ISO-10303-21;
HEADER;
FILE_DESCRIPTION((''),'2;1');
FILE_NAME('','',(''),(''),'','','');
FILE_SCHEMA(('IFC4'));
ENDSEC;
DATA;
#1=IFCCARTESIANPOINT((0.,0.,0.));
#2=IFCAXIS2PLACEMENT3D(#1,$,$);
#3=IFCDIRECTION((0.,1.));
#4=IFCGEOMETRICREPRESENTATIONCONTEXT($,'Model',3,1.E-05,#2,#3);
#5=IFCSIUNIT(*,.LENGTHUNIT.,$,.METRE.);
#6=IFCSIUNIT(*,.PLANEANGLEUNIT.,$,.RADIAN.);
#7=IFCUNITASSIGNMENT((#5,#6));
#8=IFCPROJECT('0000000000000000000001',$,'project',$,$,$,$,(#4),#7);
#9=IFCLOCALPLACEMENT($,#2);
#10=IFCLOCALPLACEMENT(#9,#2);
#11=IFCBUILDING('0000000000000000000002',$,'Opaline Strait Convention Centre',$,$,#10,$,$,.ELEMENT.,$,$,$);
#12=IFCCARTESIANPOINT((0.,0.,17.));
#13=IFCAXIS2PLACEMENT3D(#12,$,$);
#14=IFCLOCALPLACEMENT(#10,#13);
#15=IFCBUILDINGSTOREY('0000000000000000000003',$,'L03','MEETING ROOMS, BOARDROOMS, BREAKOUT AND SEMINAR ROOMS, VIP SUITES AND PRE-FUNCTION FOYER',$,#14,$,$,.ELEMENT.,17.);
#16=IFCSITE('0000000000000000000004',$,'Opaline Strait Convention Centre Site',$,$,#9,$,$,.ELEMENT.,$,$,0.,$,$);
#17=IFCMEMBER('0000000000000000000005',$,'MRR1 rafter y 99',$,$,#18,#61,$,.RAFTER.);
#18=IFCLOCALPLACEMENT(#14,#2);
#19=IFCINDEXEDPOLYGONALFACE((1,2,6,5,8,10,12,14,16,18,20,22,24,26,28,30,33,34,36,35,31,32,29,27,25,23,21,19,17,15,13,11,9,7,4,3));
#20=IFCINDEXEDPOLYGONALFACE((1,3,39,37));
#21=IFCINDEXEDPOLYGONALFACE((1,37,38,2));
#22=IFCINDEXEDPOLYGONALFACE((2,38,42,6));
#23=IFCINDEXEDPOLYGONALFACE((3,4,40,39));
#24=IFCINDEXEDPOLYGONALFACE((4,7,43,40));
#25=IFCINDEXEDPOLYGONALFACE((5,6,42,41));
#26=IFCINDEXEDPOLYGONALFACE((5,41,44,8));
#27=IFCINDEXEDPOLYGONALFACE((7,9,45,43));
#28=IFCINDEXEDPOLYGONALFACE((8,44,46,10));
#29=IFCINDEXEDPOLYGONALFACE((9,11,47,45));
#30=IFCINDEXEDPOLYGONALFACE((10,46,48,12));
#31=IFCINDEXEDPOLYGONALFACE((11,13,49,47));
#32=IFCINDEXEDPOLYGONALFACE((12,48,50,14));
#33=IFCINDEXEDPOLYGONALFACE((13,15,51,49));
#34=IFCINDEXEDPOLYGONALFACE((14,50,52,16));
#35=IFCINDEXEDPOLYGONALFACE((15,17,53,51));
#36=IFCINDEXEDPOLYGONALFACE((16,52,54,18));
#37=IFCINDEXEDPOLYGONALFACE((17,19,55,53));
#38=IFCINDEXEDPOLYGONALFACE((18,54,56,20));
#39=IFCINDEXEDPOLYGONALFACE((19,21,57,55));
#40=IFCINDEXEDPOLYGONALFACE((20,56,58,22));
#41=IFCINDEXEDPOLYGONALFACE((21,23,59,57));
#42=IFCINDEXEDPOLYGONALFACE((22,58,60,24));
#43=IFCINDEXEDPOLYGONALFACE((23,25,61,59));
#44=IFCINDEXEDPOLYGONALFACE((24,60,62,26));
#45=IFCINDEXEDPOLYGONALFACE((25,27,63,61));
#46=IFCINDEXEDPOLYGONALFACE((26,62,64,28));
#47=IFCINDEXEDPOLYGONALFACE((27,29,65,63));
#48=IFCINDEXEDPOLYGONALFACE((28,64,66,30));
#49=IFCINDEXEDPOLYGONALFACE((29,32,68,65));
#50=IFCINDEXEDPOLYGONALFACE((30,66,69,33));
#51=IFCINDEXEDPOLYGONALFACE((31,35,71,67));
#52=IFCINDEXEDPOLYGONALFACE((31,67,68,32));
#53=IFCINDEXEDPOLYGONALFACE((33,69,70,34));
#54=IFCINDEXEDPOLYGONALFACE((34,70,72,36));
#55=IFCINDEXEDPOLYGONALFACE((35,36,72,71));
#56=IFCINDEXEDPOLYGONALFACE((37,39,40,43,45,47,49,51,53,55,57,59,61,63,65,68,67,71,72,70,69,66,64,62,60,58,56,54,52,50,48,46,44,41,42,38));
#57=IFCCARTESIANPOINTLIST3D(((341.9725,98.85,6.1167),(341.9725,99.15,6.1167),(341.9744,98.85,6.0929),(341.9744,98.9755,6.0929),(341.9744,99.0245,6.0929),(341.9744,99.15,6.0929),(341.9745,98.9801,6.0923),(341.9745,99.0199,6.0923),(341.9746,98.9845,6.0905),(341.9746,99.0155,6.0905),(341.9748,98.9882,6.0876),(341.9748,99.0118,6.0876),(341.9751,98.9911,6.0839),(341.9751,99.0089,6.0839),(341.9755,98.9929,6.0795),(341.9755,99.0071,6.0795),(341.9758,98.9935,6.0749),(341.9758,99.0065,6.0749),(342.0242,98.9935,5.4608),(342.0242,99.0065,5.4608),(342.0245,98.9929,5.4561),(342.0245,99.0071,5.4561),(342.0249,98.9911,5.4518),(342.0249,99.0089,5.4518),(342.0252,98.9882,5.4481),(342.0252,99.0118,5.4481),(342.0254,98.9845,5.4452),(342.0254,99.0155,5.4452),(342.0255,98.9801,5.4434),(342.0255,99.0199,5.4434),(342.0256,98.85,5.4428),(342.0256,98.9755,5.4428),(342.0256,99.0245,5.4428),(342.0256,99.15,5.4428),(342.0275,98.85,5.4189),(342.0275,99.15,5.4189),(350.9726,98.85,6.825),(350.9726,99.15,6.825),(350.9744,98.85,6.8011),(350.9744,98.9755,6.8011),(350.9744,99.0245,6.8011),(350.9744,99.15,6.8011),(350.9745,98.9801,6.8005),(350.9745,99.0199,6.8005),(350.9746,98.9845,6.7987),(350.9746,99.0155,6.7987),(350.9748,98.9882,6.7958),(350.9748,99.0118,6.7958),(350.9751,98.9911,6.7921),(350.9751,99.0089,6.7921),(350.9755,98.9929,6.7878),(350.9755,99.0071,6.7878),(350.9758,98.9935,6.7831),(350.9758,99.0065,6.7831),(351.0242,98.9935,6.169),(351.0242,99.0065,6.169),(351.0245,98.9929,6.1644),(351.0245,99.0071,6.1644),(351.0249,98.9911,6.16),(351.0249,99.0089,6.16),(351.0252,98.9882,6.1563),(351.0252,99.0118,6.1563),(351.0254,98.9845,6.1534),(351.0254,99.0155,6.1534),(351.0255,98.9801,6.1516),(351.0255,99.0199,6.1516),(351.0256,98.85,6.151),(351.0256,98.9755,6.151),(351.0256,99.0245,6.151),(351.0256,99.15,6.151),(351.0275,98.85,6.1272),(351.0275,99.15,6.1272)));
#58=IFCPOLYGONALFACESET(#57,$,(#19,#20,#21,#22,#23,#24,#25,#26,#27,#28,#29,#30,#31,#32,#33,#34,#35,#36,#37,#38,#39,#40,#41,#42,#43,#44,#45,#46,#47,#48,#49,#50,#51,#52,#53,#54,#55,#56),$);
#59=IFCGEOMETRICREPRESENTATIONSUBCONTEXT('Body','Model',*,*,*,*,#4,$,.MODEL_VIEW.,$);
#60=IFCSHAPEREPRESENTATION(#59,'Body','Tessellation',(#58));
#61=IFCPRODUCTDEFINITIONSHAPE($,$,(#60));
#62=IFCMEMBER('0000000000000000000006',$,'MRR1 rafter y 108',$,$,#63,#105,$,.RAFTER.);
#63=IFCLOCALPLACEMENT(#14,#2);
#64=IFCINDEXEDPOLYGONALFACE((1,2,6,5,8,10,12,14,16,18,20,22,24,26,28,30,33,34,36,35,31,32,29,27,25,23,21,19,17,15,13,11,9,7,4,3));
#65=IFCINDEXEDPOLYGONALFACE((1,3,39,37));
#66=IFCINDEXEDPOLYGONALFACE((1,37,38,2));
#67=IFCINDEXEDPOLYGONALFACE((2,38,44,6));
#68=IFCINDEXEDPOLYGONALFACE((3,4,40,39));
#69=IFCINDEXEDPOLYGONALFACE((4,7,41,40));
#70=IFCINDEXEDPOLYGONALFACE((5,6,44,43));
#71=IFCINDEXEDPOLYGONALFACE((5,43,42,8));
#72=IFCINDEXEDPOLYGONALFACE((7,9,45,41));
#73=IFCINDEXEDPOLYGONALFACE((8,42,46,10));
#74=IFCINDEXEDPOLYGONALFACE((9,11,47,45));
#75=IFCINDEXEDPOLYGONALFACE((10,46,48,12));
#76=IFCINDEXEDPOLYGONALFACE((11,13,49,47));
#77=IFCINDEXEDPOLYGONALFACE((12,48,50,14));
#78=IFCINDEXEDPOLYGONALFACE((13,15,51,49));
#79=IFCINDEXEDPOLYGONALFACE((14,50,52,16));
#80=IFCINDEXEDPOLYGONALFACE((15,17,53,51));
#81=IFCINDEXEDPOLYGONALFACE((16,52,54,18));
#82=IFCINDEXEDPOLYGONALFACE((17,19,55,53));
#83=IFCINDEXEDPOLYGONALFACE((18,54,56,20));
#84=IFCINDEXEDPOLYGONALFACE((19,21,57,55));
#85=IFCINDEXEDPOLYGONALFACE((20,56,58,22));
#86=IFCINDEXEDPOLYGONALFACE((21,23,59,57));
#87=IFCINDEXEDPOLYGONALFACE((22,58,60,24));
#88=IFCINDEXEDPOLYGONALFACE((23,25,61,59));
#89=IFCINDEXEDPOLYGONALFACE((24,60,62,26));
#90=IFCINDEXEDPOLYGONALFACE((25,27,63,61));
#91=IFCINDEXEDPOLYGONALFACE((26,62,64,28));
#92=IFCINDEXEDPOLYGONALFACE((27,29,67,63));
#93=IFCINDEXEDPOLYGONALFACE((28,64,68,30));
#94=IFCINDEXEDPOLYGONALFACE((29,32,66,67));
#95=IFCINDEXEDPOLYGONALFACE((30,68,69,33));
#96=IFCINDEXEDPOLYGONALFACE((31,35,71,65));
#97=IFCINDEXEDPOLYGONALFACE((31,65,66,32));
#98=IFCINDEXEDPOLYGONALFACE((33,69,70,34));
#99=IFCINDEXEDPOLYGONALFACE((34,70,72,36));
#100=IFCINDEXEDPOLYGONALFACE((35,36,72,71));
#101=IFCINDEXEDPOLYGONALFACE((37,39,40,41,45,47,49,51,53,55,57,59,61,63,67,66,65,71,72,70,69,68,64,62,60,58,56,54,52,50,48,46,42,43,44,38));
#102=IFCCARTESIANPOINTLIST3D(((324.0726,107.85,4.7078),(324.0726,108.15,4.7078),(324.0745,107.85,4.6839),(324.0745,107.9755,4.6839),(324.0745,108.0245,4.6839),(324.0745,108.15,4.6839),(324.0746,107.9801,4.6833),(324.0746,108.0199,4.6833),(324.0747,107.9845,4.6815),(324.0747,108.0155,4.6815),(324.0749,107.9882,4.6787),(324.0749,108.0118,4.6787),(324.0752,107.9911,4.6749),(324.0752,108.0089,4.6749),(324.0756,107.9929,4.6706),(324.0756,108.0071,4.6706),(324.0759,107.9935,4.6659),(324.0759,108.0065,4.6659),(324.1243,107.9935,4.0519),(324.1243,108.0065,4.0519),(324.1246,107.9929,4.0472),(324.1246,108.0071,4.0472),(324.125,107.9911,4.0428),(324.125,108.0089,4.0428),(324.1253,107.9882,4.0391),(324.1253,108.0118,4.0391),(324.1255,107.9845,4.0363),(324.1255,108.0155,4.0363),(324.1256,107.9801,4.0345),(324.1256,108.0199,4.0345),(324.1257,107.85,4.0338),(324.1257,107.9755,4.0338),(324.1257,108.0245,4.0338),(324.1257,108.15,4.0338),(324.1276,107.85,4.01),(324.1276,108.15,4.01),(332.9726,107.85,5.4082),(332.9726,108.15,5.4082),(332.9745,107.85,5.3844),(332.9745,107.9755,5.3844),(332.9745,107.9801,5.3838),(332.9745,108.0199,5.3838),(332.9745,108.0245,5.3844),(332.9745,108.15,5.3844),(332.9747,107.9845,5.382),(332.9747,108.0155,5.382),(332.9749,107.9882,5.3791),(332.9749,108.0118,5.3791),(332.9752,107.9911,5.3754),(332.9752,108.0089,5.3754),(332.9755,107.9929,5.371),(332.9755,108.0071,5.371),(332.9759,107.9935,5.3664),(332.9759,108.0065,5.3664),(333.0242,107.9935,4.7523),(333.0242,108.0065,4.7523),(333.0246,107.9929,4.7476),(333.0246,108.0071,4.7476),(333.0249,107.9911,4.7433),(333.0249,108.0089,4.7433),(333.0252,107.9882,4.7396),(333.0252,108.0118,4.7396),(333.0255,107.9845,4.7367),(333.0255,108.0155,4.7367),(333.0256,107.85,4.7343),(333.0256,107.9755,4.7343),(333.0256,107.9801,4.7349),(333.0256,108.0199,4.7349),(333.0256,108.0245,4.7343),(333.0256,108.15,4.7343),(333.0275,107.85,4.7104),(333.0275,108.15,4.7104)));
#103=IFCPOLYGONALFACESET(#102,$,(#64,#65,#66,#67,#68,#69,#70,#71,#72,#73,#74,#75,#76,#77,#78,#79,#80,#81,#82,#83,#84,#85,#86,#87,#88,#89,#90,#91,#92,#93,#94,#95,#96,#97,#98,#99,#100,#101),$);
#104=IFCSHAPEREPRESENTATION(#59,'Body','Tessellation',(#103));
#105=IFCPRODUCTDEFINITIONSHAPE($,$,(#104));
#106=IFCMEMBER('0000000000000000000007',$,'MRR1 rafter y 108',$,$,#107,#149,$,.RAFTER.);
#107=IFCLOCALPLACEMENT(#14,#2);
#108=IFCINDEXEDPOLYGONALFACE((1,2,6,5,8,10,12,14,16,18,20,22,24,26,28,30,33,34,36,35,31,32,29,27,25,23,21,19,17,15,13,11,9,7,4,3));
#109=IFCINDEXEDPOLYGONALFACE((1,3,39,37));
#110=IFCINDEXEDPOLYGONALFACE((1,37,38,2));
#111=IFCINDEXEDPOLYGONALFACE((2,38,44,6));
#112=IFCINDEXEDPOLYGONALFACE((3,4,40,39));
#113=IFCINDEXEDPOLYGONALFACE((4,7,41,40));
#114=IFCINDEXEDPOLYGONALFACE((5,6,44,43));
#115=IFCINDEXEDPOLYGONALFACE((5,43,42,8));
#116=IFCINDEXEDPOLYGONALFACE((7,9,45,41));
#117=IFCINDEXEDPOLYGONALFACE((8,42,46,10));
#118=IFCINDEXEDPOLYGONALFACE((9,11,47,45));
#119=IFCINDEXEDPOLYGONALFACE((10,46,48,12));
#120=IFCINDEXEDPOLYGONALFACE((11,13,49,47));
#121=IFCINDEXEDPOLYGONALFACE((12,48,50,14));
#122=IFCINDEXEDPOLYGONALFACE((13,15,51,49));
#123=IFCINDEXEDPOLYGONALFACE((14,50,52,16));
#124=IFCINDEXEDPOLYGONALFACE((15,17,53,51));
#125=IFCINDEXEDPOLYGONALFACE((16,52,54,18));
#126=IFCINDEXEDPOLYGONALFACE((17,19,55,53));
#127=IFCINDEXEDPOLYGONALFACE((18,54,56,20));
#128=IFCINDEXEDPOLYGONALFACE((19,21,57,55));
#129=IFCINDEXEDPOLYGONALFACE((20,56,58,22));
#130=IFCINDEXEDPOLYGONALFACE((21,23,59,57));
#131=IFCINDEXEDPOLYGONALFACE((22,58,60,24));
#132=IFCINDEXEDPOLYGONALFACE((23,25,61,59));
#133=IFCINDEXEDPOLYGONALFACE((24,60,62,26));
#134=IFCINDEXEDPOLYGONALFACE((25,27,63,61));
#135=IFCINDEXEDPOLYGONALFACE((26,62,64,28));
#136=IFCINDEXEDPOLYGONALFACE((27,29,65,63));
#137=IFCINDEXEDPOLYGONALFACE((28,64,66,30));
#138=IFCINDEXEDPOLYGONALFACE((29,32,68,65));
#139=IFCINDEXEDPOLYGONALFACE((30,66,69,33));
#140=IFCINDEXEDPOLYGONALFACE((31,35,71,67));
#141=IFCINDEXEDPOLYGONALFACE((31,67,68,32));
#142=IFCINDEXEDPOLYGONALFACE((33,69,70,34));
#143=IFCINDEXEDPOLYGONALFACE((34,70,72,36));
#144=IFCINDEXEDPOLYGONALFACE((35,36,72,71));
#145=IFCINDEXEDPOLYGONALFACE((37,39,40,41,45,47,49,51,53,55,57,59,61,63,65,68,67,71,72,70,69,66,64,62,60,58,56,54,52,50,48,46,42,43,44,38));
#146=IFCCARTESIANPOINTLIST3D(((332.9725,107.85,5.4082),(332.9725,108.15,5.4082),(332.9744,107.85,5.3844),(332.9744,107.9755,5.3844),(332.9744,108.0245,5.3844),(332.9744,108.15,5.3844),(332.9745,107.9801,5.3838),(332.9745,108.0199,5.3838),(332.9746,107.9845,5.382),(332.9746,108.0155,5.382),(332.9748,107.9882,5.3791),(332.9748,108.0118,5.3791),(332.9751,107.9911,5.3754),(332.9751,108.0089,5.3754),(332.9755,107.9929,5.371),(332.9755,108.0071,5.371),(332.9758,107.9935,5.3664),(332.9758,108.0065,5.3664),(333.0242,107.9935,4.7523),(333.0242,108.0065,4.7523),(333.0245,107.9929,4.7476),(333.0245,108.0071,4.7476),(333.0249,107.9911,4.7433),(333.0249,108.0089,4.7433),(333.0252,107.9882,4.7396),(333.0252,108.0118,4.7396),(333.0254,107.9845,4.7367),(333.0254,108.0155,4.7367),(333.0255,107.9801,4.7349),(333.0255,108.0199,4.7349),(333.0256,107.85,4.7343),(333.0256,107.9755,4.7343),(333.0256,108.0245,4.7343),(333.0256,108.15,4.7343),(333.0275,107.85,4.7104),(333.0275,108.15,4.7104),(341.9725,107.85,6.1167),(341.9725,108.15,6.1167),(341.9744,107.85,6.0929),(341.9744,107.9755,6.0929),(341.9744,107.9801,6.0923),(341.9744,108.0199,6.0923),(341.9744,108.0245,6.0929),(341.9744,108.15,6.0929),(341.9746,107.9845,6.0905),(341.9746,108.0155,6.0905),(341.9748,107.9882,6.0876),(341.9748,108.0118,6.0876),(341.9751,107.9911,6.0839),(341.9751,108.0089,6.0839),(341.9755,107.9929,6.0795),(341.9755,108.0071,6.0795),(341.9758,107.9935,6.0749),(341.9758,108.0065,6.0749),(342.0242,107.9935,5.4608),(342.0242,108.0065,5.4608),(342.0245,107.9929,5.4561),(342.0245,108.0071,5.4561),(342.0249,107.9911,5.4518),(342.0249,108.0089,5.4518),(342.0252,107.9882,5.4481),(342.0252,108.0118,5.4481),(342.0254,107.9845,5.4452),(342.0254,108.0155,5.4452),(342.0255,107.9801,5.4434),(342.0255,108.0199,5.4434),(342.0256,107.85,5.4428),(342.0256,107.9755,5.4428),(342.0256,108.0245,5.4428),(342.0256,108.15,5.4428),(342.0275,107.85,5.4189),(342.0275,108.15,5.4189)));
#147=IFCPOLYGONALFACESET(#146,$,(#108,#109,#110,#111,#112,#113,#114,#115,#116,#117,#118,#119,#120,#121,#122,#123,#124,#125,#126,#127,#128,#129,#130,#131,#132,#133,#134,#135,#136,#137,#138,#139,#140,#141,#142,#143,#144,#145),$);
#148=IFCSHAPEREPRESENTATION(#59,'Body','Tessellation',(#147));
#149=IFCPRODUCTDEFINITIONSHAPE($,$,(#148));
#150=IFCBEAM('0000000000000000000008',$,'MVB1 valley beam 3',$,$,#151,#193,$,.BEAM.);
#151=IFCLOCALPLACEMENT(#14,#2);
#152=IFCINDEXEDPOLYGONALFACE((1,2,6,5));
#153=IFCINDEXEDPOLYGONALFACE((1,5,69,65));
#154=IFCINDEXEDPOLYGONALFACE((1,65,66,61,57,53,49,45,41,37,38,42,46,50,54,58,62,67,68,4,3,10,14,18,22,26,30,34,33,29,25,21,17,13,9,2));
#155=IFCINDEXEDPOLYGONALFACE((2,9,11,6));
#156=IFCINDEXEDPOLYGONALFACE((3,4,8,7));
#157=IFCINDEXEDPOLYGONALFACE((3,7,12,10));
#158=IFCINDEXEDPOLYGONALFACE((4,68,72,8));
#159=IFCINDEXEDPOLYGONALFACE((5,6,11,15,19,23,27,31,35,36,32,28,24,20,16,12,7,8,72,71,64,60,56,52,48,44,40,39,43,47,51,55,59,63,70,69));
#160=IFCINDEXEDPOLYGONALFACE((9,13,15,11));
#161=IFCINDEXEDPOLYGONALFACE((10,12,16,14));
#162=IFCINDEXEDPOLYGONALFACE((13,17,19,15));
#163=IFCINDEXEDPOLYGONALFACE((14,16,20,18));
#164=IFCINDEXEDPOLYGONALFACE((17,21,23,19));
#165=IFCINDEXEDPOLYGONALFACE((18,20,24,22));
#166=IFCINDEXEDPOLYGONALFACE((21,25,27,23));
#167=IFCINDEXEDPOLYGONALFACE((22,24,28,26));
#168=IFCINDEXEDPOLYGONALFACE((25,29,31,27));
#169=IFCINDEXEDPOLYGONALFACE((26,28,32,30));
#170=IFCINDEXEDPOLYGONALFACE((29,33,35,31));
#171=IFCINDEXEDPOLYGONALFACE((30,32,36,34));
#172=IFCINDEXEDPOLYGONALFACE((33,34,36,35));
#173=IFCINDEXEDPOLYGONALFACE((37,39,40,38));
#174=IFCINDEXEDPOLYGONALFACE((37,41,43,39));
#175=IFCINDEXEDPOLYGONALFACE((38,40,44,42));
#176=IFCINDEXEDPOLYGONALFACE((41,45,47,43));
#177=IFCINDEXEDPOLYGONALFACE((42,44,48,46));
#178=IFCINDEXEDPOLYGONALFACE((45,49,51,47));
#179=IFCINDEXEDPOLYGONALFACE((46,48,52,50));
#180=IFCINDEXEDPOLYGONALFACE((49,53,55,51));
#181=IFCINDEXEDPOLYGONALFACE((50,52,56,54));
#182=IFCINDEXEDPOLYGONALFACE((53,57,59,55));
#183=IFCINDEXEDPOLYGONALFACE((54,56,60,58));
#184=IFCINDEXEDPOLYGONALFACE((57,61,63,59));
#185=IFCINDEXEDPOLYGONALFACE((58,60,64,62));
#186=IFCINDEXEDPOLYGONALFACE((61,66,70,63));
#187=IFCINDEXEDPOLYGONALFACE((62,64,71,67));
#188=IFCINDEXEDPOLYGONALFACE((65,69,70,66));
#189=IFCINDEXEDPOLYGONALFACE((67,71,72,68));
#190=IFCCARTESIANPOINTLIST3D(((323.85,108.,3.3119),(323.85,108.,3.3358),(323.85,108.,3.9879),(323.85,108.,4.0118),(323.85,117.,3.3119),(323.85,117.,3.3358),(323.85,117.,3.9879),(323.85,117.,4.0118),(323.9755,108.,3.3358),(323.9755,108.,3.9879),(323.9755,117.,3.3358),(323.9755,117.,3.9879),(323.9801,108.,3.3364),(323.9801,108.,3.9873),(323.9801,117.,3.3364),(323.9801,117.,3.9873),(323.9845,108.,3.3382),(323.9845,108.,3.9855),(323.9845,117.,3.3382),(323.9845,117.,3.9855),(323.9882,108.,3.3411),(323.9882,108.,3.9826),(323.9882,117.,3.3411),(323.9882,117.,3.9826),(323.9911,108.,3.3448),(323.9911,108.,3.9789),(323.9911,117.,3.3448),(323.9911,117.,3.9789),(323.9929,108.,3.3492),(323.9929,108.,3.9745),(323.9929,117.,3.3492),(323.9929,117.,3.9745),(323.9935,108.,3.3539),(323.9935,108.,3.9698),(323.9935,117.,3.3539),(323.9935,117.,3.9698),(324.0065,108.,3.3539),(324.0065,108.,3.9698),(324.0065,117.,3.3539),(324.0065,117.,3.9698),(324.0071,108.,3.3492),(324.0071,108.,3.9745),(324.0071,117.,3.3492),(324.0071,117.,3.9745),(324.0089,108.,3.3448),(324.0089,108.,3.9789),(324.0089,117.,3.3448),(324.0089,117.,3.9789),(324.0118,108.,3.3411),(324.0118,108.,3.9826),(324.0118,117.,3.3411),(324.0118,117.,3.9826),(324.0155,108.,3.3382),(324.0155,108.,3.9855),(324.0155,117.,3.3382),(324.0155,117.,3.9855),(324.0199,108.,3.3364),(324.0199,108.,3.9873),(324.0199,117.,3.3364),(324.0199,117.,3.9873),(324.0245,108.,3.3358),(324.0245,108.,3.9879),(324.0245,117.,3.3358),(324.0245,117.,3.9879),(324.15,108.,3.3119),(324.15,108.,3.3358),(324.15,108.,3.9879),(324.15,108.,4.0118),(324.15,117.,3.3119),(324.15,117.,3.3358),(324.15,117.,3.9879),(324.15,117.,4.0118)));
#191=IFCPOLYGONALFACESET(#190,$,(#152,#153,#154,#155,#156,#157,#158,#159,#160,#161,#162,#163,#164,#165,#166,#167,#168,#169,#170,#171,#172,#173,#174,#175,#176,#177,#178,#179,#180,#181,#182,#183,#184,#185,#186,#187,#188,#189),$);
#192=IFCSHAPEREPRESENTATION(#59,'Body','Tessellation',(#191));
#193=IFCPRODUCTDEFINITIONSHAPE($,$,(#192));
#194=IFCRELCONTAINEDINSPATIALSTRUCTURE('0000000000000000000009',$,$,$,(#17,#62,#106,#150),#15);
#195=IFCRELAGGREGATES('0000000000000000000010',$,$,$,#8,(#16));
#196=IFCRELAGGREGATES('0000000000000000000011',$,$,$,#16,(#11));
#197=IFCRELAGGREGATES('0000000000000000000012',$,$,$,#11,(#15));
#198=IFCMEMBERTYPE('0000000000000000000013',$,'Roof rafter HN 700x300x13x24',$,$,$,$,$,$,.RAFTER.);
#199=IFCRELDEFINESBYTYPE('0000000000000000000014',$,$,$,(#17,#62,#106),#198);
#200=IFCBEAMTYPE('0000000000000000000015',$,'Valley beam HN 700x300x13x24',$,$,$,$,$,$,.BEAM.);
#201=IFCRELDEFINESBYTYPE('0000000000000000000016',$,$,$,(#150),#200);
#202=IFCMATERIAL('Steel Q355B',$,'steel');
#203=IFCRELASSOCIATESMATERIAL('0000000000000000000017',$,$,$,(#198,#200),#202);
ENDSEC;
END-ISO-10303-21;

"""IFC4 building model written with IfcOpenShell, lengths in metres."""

from ifc_helpers import new_model, si_unit, direction, frame, origin, origin_2d, place, context, subcontext, project, spatial, i_section, extrude, material, material_profile, profile_set, type_object, element, save


model = new_model("IFC4")

# Units and contexts
model_context = context("Model", 3, precision=1e-05, world=origin(), true_north=direction((0.0, 1.0)))
body_context = subcontext(model_context, "Body", "Model", "MODEL_VIEW")
ifc_project = project(units=[si_unit("LENGTHUNIT", "METRE"), si_unit("PLANEANGLEUNIT", "RADIAN")], contexts=[model_context])

# Site, building, storey
site_placement = place(None, origin())
site = spatial("IfcSite", under=ifc_project, at=site_placement, Name="Opaline Strait Convention Centre Site", CompositionType="ELEMENT", RefElevation=0.0)
building_placement = place(site_placement, origin())
building = spatial("IfcBuilding", under=site, at=building_placement, Name="Opaline Strait Convention Centre", CompositionType="ELEMENT")
storey_placement = place(building_placement, frame((0.0, 0.0, 17.0)))
storey = spatial("IfcBuildingStorey", under=building, at=storey_placement, Name="L03", Description="MEETING ROOMS, BOARDROOMS, BREAKOUT AND SEMINAR ROOMS, VIP SUITES AND PRE-FUNCTION FOYER", CompositionType="ELEMENT", Elevation=17.0)

# Shared definitions
ifc_material_1 = material(Name="Steel Q355B", Category="steel")

# Members
ifc_material_profile_1 = material_profile(ifc_material_1, i_section(OverallWidth=0.3, OverallDepth=0.7, WebThickness=0.0129, FlangeThickness=0.0239, FilletRadius=0.0181, at=origin_2d()), Name="HN 700x300x13x24")
ifc_profile_set_1 = profile_set([ifc_material_profile_1], Name="Steel Q355B")
member_type_1 = type_object("IfcMemberType", Name="Roof rafter HN 700x300x13x24", PredefinedType="RAFTER", material=ifc_profile_set_1)
for number, where, z_axis, x_axis, name in (
    (1, (342.0, 99.0, 5.7678), (0.996918, 0.0, 0.078452), (0.0, 1.0, 0.0), "MRR1 rafter y 99"),
):
    element("IfcMember", number, at=place(storey_placement, frame(where, z_axis=z_axis, x_axis=x_axis)), inside=storey, type_object=member_type_1, Name=name, PredefinedType="RAFTER", context=body_context, shape_type="SweptSolid", body=[
        extrude(i_section(OverallWidth=0.3, OverallDepth=0.7, WebThickness=0.0129, FlangeThickness=0.0239, FilletRadius=0.0181, at=origin_2d()), origin(), (0.0, 0.0, 1.0), 9.0278),
    ])
member_1_placement = place(storey_placement, frame((324.1001, 108.0, 4.3589), z_axis=(0.996917, 0.0, 0.078459), x_axis=(0.0, 1.0, 0.0)))
element("IfcMember", 2, at=member_1_placement, inside=storey, type_object=member_type_1, Name="MRR1 rafter y 108", PredefinedType="RAFTER", context=body_context, shape_type="SweptSolid", body=[
    extrude(i_section(OverallWidth=0.3, OverallDepth=0.7, WebThickness=0.0129, FlangeThickness=0.0239, FilletRadius=0.0181, at=origin_2d()), origin(), (0.0, 0.0, 1.0), 8.9275),
])
member_2_placement = place(storey_placement, frame((333.0, 108.0, 5.0593), z_axis=(0.996916, 0.0, 0.078479), x_axis=(0.0, 1.0, 0.0)))
element("IfcMember", 3, at=member_2_placement, inside=storey, type_object=member_type_1, Name="MRR1 rafter y 108", PredefinedType="RAFTER", context=body_context, shape_type="SweptSolid", body=[
    extrude(i_section(OverallWidth=0.3, OverallDepth=0.7, WebThickness=0.0129, FlangeThickness=0.0239, FilletRadius=0.0181, at=origin_2d()), origin(), (0.0, 0.0, 1.0), 9.0278),
])

# Beam
ifc_material_profile_2 = material_profile(ifc_material_1, i_section(OverallWidth=0.3, OverallDepth=0.7, WebThickness=0.0129, FlangeThickness=0.0239, FilletRadius=0.0181, at=origin_2d()), Name="HN 700x300x13x24")
ifc_profile_set_2 = profile_set([ifc_material_profile_2], Name="Steel Q355B")
beam_type = type_object("IfcBeamType", Name="Valley beam HN 700x300x13x24", PredefinedType="BEAM", material=ifc_profile_set_2)
beam_placement = place(storey_placement, frame((324.0, 108.0, 3.6619), z_axis=(0.0, 1.0, 0.0), x_axis=(-1.0, 0.0, 0.0)))
element("IfcBeam", 4, at=beam_placement, inside=storey, type_object=beam_type, Name="MVB1 valley beam 3", PredefinedType="BEAM", context=body_context, shape_type="SweptSolid", body=[
    extrude(i_section(OverallWidth=0.3, OverallDepth=0.7, WebThickness=0.0129, FlangeThickness=0.0239, FilletRadius=0.0181, at=origin_2d()), origin(), (0.0, 0.0, 1.0), 9.0),
])

save(model, "model.ifc")
